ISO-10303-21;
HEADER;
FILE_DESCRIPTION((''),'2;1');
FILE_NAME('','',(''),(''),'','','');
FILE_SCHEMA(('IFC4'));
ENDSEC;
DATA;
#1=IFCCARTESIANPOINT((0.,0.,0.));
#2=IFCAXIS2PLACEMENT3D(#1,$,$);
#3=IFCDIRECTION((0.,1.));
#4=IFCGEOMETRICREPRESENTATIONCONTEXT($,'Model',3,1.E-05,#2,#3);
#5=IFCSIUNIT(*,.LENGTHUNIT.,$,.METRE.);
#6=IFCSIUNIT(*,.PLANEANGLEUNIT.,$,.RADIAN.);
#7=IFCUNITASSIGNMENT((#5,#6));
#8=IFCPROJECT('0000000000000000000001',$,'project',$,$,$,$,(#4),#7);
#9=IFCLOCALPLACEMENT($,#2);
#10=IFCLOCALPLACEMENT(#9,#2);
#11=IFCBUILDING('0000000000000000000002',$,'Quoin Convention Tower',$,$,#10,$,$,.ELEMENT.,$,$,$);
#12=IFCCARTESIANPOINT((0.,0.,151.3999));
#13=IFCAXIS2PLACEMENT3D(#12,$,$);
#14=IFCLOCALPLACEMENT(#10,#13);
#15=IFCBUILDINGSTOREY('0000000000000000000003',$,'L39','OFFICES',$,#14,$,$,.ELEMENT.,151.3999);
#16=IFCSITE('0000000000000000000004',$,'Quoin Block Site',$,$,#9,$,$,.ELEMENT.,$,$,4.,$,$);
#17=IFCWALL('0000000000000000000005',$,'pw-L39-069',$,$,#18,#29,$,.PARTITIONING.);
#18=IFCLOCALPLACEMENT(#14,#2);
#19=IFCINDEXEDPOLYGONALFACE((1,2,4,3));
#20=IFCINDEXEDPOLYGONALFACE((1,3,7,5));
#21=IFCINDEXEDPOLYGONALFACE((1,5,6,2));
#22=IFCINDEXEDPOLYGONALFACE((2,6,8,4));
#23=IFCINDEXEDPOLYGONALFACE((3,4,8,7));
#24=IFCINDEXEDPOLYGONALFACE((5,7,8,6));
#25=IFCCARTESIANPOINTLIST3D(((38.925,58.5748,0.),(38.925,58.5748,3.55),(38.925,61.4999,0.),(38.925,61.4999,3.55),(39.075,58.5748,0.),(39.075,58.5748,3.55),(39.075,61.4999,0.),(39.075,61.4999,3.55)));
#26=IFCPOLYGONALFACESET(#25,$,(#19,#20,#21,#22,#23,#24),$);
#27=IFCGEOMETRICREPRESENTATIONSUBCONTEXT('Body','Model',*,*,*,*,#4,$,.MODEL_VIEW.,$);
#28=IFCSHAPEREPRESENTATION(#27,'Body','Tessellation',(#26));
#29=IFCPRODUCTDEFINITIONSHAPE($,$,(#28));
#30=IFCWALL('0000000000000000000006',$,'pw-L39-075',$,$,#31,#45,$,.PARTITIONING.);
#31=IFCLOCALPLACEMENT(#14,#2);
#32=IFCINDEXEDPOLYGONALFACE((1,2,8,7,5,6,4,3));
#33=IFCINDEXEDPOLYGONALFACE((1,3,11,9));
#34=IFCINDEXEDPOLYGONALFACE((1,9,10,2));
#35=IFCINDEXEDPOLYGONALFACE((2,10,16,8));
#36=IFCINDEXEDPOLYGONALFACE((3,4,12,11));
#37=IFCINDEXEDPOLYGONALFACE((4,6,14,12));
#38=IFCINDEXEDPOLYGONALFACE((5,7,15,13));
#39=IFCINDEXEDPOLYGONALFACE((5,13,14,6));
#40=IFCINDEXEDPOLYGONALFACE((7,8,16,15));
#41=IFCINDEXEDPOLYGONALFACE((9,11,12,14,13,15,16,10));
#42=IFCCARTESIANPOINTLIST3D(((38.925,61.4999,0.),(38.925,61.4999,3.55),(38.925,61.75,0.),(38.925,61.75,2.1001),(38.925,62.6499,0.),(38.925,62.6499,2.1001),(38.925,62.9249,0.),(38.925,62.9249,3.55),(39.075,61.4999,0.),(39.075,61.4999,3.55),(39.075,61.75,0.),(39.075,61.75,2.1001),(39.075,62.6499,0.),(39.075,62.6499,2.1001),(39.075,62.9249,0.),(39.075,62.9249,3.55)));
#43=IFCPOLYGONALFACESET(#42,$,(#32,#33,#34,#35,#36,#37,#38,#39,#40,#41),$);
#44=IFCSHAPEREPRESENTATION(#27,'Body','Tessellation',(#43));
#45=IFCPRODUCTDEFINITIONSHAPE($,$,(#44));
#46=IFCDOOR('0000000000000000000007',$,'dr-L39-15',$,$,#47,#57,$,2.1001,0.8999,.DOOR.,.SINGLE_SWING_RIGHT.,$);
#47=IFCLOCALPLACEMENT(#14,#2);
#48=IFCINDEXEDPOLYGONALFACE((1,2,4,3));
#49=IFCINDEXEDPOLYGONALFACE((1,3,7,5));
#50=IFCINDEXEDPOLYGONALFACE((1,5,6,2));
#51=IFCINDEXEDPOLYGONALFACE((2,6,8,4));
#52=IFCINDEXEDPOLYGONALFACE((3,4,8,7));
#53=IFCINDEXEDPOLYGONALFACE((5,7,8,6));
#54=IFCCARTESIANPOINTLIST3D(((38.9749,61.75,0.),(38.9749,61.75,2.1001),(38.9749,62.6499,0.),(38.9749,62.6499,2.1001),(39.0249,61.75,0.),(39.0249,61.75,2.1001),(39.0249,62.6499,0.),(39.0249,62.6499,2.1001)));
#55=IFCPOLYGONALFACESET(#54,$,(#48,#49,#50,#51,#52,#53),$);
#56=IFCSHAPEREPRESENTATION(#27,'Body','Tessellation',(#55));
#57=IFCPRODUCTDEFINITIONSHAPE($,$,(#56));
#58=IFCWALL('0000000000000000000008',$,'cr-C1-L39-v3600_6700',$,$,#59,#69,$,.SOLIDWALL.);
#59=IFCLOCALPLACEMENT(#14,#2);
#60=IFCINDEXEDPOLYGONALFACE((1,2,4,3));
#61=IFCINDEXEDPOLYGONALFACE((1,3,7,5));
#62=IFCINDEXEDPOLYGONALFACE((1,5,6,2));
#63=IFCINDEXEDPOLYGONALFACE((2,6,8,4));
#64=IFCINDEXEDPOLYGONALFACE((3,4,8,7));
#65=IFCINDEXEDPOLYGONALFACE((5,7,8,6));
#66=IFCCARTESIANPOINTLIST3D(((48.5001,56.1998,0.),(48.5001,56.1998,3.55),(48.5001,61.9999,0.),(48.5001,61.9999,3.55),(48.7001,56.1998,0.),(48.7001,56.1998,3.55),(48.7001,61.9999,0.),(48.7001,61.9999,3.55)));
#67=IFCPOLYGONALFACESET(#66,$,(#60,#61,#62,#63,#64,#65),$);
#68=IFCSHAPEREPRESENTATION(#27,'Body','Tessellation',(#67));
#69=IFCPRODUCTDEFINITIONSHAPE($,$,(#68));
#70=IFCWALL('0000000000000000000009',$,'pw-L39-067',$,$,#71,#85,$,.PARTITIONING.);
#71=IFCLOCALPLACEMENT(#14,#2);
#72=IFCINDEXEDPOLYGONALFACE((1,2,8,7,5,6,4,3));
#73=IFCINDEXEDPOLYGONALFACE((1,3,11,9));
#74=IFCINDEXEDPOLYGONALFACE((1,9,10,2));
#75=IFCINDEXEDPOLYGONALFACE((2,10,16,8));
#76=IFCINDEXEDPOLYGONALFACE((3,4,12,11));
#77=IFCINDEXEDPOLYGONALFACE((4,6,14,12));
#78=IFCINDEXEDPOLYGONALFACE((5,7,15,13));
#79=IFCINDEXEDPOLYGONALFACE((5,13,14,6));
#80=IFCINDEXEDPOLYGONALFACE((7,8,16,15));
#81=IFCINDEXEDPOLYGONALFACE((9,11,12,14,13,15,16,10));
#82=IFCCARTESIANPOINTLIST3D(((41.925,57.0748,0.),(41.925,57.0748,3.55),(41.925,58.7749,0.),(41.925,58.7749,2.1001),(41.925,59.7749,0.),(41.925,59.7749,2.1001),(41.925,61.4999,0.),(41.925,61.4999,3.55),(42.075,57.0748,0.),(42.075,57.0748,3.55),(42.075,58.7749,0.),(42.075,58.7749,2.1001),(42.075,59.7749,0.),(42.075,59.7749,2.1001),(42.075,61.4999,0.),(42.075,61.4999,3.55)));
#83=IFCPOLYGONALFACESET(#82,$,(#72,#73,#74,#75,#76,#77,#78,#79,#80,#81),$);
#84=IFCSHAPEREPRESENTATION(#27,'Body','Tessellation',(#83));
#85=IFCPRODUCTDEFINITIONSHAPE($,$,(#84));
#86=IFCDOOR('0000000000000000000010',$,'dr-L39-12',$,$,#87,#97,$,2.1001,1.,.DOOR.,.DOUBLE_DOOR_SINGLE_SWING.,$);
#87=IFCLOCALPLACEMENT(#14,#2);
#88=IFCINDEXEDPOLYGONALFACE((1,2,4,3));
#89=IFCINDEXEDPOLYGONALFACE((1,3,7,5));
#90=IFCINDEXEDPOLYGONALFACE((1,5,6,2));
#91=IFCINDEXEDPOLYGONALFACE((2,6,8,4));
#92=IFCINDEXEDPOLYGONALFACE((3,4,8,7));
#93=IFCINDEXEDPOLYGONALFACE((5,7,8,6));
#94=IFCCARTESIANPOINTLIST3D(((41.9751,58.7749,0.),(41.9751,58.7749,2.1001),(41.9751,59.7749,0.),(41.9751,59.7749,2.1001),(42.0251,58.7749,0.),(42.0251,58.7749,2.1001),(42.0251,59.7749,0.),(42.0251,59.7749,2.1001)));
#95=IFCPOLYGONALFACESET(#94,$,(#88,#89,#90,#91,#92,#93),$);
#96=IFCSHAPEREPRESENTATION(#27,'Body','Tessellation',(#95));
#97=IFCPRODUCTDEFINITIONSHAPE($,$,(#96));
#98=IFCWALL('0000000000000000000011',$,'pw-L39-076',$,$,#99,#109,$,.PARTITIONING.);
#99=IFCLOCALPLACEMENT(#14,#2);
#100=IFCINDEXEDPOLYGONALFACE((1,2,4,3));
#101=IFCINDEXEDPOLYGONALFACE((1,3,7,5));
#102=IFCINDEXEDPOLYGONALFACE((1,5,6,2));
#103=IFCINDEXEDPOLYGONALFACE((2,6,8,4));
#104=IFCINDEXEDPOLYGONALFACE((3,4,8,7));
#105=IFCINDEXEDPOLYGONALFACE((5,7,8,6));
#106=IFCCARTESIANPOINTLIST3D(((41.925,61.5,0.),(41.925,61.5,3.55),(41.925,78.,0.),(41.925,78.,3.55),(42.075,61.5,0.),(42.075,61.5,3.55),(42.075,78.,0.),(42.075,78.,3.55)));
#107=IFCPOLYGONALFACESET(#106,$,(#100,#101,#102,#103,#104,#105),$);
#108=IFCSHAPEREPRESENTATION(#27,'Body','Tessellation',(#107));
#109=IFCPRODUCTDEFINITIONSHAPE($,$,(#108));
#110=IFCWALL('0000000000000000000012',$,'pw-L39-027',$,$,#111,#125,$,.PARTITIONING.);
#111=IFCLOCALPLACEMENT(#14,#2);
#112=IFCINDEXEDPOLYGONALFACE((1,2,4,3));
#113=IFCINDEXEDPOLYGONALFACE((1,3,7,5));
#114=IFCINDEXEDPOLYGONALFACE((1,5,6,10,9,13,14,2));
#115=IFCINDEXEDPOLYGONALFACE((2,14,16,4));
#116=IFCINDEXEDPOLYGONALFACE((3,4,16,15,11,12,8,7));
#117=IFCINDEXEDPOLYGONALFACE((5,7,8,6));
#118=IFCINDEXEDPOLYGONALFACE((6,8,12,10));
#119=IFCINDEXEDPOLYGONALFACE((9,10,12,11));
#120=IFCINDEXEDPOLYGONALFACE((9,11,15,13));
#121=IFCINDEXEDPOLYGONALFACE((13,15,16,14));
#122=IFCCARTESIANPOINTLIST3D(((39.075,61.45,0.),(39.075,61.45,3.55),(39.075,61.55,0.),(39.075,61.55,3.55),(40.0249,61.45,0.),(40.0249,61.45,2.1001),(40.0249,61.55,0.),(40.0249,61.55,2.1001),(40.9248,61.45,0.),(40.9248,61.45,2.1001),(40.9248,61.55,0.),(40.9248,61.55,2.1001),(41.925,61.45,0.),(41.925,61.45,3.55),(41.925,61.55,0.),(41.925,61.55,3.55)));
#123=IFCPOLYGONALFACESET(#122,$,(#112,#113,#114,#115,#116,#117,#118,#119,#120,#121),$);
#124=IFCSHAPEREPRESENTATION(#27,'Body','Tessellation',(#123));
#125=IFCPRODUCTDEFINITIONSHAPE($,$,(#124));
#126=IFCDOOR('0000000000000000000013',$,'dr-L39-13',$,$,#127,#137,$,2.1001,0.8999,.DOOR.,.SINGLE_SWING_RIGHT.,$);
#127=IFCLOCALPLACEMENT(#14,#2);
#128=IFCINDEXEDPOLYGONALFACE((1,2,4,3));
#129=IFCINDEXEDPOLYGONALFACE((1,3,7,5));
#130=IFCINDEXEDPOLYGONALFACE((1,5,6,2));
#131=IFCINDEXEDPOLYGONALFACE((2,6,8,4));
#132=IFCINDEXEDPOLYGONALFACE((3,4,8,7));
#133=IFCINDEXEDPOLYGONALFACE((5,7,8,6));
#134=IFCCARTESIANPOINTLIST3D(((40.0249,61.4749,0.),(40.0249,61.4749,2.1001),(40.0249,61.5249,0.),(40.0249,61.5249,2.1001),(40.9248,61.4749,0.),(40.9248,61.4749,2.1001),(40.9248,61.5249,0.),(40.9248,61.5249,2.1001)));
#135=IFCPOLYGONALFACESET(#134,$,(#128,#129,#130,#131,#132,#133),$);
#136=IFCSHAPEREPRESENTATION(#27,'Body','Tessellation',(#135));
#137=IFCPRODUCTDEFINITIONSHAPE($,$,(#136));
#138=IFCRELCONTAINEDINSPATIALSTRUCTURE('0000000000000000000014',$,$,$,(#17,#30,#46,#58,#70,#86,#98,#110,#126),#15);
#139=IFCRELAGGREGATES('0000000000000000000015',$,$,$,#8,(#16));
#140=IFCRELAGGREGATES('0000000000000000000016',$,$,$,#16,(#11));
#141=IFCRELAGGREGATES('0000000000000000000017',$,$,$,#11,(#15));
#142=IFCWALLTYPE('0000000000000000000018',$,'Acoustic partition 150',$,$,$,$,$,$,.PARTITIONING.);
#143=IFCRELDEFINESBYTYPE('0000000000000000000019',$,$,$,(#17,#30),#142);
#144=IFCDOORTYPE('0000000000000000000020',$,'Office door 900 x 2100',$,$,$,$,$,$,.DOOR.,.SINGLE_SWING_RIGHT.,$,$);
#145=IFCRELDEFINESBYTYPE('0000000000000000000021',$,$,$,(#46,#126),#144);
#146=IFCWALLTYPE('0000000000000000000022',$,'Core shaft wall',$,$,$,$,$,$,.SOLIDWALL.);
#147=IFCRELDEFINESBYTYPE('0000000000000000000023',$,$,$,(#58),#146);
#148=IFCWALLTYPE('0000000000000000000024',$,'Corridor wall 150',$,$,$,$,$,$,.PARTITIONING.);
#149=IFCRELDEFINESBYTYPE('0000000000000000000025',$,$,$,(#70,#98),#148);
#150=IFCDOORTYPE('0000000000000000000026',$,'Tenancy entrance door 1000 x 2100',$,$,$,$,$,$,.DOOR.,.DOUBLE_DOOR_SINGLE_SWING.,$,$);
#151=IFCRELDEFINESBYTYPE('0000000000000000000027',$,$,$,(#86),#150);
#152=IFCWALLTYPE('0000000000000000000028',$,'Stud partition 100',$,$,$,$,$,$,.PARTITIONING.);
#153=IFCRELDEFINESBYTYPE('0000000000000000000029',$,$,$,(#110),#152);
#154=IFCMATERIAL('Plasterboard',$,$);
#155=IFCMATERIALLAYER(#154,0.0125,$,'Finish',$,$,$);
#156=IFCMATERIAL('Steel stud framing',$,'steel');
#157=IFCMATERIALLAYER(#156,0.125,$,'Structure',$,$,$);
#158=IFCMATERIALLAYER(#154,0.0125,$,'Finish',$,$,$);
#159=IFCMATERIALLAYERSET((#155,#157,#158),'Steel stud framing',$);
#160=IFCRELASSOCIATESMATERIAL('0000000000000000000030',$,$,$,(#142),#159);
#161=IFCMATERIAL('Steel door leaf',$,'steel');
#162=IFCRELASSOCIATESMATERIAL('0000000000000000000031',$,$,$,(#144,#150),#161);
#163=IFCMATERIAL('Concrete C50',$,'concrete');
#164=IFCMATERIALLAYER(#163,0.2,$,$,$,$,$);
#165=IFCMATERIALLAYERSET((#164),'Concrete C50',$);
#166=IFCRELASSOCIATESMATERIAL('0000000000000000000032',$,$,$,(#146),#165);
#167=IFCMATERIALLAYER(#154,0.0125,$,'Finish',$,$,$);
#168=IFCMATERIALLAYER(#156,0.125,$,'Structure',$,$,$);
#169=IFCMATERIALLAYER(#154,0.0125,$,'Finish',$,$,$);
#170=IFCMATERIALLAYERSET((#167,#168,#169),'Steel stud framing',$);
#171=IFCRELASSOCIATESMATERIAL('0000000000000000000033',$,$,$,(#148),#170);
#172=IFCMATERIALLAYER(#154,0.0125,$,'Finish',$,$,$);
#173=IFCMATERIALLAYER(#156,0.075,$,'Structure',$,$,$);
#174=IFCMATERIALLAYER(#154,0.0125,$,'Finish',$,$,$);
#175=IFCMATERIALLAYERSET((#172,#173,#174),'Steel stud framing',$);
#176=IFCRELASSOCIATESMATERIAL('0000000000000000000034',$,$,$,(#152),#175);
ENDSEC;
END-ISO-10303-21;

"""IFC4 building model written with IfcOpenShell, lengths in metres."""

from ifc_helpers import new_model, si_unit, direction, frame, frame_2d, origin, place, context, subcontext, project, spatial, rectangle, extrude, material, layer, layer_set, type_object, element, fill, save


model = new_model("IFC4")

# Units and contexts
model_context = context("Model", 3, precision=1e-05, world=origin(), true_north=direction((0.0, 1.0)))
body_context = subcontext(model_context, "Body", "Model", "MODEL_VIEW")
ifc_project = project(units=[si_unit("LENGTHUNIT", "METRE"), si_unit("PLANEANGLEUNIT", "RADIAN")], contexts=[model_context])

# Site, building, storey
site_placement = place(None, origin())
site = spatial("IfcSite", under=ifc_project, at=site_placement, Name="Quoin Block Site", CompositionType="ELEMENT", RefElevation=4.0)
building_placement = place(site_placement, origin())
building = spatial("IfcBuilding", under=site, at=building_placement, Name="Quoin Convention Tower", CompositionType="ELEMENT")
storey_placement = place(building_placement, frame((0.0, 0.0, 151.3999)))
storey = spatial("IfcBuildingStorey", under=building, at=storey_placement, Name="L39", Description="OFFICES", CompositionType="ELEMENT", Elevation=151.3999)

# Wall
ifc_material_1 = material(Name="Plasterboard")
ifc_layer_1 = layer(ifc_material_1, 0.0125, Name="Finish")
ifc_material_2 = material(Name="Steel stud framing", Category="steel")
ifc_layer_2 = layer(ifc_material_2, 0.125, Name="Structure")
ifc_layer_3 = layer(ifc_material_1, 0.0125, Name="Finish")
ifc_layer_set_1 = layer_set([ifc_layer_1, ifc_layer_2, ifc_layer_3], Name="Steel stud framing")
wall_type_1 = type_object("IfcWallType", Name="Acoustic partition 150", PredefinedType="PARTITIONING", material=ifc_layer_set_1)
wall_1_placement = place(storey_placement, frame((39.0, 58.575, 0.0), z_axis=(0.0, 0.0, 1.0), x_axis=(0.0, 1.0, 0.0)))
element("IfcWall", 1, at=wall_1_placement, inside=storey, type_object=wall_type_1, Name="pw-L39-069", PredefinedType="PARTITIONING", context=body_context, shape_type="SweptSolid", body=[
    extrude(rectangle(XDim=2.925, YDim=0.1499, at=frame_2d((1.4624, 0.0))), origin(), (0.0, 0.0, 1.0), 3.55),
])

# Wall, opening, door
wall_2_placement = place(storey_placement, frame((39.0, 61.5, 0.0), z_axis=(0.0, 0.0, 1.0), x_axis=(0.0, 1.0, 0.0)))
wall_2 = element("IfcWall", 2, at=wall_2_placement, inside=storey, type_object=wall_type_1, Name="pw-L39-075", PredefinedType="PARTITIONING", context=body_context, shape_type="SweptSolid", body=[
    extrude(rectangle(XDim=1.425, YDim=0.1499, at=frame_2d((0.7124, 0.0))), origin(), (0.0, 0.0, 1.0), 3.55),
])
opening_1_placement = place(wall_2_placement, frame((0.25, 0.0, 0.0)))
opening_1 = element("IfcOpeningElement", 3, at=opening_1_placement, cuts=wall_2, PredefinedType="OPENING", context=body_context, shape_type="SweptSolid", body=[
    extrude(rectangle(XDim=0.8999, YDim=2.1001, at=frame_2d((0.45, 1.05))), frame((0.0, 0.085, 0.0), z_axis=(0.0, -1.0, 0.0), x_axis=(1.0, 0.0, 0.0)), (0.0, 0.0, 1.0), 0.1699),
])
ifc_material_3 = material(Name="Steel door leaf", Category="steel")
door_type_1 = type_object("IfcDoorType", Name="Office door 900 x 2100", OperationType="SINGLE_SWING_RIGHT", PredefinedType="DOOR", material=ifc_material_3)
door_1_placement = place(opening_1_placement, frame((0.8999, 0.0, 0.0), z_axis=(0.0, 0.0, 1.0), x_axis=(-1.0, 0.0, 0.0)))
door_1 = element("IfcDoor", 4, at=door_1_placement, inside=storey, type_object=door_type_1, Name="dr-L39-15", OperationType="SINGLE_SWING_RIGHT", OverallHeight=2.1001, OverallWidth=0.8999, PredefinedType="DOOR", context=body_context, shape_type="SweptSolid", body=[
    extrude(rectangle(XDim=0.8999, YDim=2.1001, at=frame_2d((0.45, 1.05))), frame((0.0, 0.0249, 0.0), z_axis=(0.0, -1.0, 0.0), x_axis=(1.0, 0.0, 0.0)), (0.0, 0.0, 1.0), 0.05),
])
fill(opening_1, door_1)

# Wall
ifc_material_4 = material(Name="Concrete C50", Category="concrete")
ifc_layer_4 = layer(ifc_material_4, 0.2)
ifc_layer_set_2 = layer_set([ifc_layer_4], Name="Concrete C50")
wall_type_2 = type_object("IfcWallType", Name="Core shaft wall", PredefinedType="SOLIDWALL", material=ifc_layer_set_2)
wall_3_placement = place(storey_placement, frame((48.6001, 56.2, 0.0), z_axis=(0.0, 0.0, 1.0), x_axis=(0.0, 1.0, 0.0)))
element("IfcWall", 5, at=wall_3_placement, inside=storey, type_object=wall_type_2, Name="cr-C1-L39-v3600_6700", PredefinedType="SOLIDWALL", context=body_context, shape_type="SweptSolid", body=[
    extrude(rectangle(XDim=5.8, YDim=0.2, at=frame_2d((2.8999, 0.0))), origin(), (0.0, 0.0, 1.0), 3.55),
])

# Wall, opening, door
ifc_layer_5 = layer(ifc_material_1, 0.0125, Name="Finish")
ifc_layer_6 = layer(ifc_material_2, 0.125, Name="Structure")
ifc_layer_7 = layer(ifc_material_1, 0.0125, Name="Finish")
ifc_layer_set_3 = layer_set([ifc_layer_5, ifc_layer_6, ifc_layer_7], Name="Steel stud framing")
wall_type_3 = type_object("IfcWallType", Name="Corridor wall 150", PredefinedType="PARTITIONING", material=ifc_layer_set_3)
wall_4_placement = place(storey_placement, frame((42.0, 57.075, 0.0), z_axis=(0.0, 0.0, 1.0), x_axis=(0.0, 1.0, 0.0)))
wall_4 = element("IfcWall", 6, at=wall_4_placement, inside=storey, type_object=wall_type_3, Name="pw-L39-067", PredefinedType="PARTITIONING", context=body_context, shape_type="SweptSolid", body=[
    extrude(rectangle(XDim=4.425, YDim=0.1499, at=frame_2d((2.2124, 0.0))), origin(), (0.0, 0.0, 1.0), 3.55),
])
opening_2_placement = place(wall_4_placement, frame((1.7, 0.0, 0.0)))
opening_2 = element("IfcOpeningElement", 7, at=opening_2_placement, cuts=wall_4, PredefinedType="OPENING", context=body_context, shape_type="SweptSolid", body=[
    extrude(rectangle(XDim=1.0, YDim=2.1001, at=frame_2d((0.5, 1.05))), frame((0.0, 0.085, 0.0), z_axis=(0.0, -1.0, 0.0), x_axis=(1.0, 0.0, 0.0)), (0.0, 0.0, 1.0), 0.1699),
])
door_type_2 = type_object("IfcDoorType", Name="Tenancy entrance door 1000 x 2100", OperationType="DOUBLE_DOOR_SINGLE_SWING", PredefinedType="DOOR", material=ifc_material_3)
door_2_placement = place(opening_2_placement, origin())
door_2 = element("IfcDoor", 8, at=door_2_placement, inside=storey, type_object=door_type_2, Name="dr-L39-12", OperationType="DOUBLE_DOOR_SINGLE_SWING", OverallHeight=2.1001, OverallWidth=1.0, PredefinedType="DOOR", context=body_context, shape_type="SweptSolid", body=[
    extrude(rectangle(XDim=1.0, YDim=2.1001, at=frame_2d((0.5, 1.05))), frame((0.0, 0.0249, 0.0), z_axis=(0.0, -1.0, 0.0), x_axis=(1.0, 0.0, 0.0)), (0.0, 0.0, 1.0), 0.05),
])
fill(opening_2, door_2)

# Wall
wall_5_placement = place(storey_placement, frame((42.0, 61.5, 0.0), z_axis=(0.0, 0.0, 1.0), x_axis=(0.0, 1.0, 0.0)))
element("IfcWall", 9, at=wall_5_placement, inside=storey, type_object=wall_type_3, Name="pw-L39-076", PredefinedType="PARTITIONING", context=body_context, shape_type="SweptSolid", body=[
    extrude(rectangle(XDim=16.5, YDim=0.1499, at=frame_2d((8.25, 0.0))), origin(), (0.0, 0.0, 1.0), 3.55),
])

# Wall, opening, door
ifc_layer_8 = layer(ifc_material_1, 0.0125, Name="Finish")
ifc_layer_9 = layer(ifc_material_2, 0.075, Name="Structure")
ifc_layer_10 = layer(ifc_material_1, 0.0125, Name="Finish")
ifc_layer_set_4 = layer_set([ifc_layer_8, ifc_layer_9, ifc_layer_10], Name="Steel stud framing")
wall_type_4 = type_object("IfcWallType", Name="Stud partition 100", PredefinedType="PARTITIONING", material=ifc_layer_set_4)
wall_6_placement = place(storey_placement, frame((39.075, 61.5, 0.0), z_axis=(0.0, 0.0, 1.0), x_axis=(1.0, 0.0, 0.0)))
wall_6 = element("IfcWall", 10, at=wall_6_placement, inside=storey, type_object=wall_type_4, Name="pw-L39-027", PredefinedType="PARTITIONING", context=body_context, shape_type="SweptSolid", body=[
    extrude(rectangle(XDim=2.8501, YDim=0.1001, at=frame_2d((1.425, 0.0))), origin(), (0.0, 0.0, 1.0), 3.55),
])
opening_3_placement = place(wall_6_placement, frame((0.95, 0.0, 0.0)))
opening_3 = element("IfcOpeningElement", 11, at=opening_3_placement, cuts=wall_6, PredefinedType="OPENING", context=body_context, shape_type="SweptSolid", body=[
    extrude(rectangle(XDim=0.8999, YDim=2.1001, at=frame_2d((0.45, 1.05))), frame((0.0, 0.0601, 0.0), z_axis=(0.0, -1.0, 0.0), x_axis=(1.0, 0.0, 0.0)), (0.0, 0.0, 1.0), 0.1201),
])
door_3_placement = place(opening_3_placement, origin())
door_3 = element("IfcDoor", 12, at=door_3_placement, inside=storey, type_object=door_type_1, Name="dr-L39-13", OperationType="SINGLE_SWING_RIGHT", OverallHeight=2.1001, OverallWidth=0.8999, PredefinedType="DOOR", context=body_context, shape_type="SweptSolid", body=[
    extrude(rectangle(XDim=0.8999, YDim=2.1001, at=frame_2d((0.45, 1.05))), frame((0.0, 0.0249, 0.0), z_axis=(0.0, -1.0, 0.0), x_axis=(1.0, 0.0, 0.0)), (0.0, 0.0, 1.0), 0.05),
])
fill(opening_3, door_3)

save(model, "model.ifc")
